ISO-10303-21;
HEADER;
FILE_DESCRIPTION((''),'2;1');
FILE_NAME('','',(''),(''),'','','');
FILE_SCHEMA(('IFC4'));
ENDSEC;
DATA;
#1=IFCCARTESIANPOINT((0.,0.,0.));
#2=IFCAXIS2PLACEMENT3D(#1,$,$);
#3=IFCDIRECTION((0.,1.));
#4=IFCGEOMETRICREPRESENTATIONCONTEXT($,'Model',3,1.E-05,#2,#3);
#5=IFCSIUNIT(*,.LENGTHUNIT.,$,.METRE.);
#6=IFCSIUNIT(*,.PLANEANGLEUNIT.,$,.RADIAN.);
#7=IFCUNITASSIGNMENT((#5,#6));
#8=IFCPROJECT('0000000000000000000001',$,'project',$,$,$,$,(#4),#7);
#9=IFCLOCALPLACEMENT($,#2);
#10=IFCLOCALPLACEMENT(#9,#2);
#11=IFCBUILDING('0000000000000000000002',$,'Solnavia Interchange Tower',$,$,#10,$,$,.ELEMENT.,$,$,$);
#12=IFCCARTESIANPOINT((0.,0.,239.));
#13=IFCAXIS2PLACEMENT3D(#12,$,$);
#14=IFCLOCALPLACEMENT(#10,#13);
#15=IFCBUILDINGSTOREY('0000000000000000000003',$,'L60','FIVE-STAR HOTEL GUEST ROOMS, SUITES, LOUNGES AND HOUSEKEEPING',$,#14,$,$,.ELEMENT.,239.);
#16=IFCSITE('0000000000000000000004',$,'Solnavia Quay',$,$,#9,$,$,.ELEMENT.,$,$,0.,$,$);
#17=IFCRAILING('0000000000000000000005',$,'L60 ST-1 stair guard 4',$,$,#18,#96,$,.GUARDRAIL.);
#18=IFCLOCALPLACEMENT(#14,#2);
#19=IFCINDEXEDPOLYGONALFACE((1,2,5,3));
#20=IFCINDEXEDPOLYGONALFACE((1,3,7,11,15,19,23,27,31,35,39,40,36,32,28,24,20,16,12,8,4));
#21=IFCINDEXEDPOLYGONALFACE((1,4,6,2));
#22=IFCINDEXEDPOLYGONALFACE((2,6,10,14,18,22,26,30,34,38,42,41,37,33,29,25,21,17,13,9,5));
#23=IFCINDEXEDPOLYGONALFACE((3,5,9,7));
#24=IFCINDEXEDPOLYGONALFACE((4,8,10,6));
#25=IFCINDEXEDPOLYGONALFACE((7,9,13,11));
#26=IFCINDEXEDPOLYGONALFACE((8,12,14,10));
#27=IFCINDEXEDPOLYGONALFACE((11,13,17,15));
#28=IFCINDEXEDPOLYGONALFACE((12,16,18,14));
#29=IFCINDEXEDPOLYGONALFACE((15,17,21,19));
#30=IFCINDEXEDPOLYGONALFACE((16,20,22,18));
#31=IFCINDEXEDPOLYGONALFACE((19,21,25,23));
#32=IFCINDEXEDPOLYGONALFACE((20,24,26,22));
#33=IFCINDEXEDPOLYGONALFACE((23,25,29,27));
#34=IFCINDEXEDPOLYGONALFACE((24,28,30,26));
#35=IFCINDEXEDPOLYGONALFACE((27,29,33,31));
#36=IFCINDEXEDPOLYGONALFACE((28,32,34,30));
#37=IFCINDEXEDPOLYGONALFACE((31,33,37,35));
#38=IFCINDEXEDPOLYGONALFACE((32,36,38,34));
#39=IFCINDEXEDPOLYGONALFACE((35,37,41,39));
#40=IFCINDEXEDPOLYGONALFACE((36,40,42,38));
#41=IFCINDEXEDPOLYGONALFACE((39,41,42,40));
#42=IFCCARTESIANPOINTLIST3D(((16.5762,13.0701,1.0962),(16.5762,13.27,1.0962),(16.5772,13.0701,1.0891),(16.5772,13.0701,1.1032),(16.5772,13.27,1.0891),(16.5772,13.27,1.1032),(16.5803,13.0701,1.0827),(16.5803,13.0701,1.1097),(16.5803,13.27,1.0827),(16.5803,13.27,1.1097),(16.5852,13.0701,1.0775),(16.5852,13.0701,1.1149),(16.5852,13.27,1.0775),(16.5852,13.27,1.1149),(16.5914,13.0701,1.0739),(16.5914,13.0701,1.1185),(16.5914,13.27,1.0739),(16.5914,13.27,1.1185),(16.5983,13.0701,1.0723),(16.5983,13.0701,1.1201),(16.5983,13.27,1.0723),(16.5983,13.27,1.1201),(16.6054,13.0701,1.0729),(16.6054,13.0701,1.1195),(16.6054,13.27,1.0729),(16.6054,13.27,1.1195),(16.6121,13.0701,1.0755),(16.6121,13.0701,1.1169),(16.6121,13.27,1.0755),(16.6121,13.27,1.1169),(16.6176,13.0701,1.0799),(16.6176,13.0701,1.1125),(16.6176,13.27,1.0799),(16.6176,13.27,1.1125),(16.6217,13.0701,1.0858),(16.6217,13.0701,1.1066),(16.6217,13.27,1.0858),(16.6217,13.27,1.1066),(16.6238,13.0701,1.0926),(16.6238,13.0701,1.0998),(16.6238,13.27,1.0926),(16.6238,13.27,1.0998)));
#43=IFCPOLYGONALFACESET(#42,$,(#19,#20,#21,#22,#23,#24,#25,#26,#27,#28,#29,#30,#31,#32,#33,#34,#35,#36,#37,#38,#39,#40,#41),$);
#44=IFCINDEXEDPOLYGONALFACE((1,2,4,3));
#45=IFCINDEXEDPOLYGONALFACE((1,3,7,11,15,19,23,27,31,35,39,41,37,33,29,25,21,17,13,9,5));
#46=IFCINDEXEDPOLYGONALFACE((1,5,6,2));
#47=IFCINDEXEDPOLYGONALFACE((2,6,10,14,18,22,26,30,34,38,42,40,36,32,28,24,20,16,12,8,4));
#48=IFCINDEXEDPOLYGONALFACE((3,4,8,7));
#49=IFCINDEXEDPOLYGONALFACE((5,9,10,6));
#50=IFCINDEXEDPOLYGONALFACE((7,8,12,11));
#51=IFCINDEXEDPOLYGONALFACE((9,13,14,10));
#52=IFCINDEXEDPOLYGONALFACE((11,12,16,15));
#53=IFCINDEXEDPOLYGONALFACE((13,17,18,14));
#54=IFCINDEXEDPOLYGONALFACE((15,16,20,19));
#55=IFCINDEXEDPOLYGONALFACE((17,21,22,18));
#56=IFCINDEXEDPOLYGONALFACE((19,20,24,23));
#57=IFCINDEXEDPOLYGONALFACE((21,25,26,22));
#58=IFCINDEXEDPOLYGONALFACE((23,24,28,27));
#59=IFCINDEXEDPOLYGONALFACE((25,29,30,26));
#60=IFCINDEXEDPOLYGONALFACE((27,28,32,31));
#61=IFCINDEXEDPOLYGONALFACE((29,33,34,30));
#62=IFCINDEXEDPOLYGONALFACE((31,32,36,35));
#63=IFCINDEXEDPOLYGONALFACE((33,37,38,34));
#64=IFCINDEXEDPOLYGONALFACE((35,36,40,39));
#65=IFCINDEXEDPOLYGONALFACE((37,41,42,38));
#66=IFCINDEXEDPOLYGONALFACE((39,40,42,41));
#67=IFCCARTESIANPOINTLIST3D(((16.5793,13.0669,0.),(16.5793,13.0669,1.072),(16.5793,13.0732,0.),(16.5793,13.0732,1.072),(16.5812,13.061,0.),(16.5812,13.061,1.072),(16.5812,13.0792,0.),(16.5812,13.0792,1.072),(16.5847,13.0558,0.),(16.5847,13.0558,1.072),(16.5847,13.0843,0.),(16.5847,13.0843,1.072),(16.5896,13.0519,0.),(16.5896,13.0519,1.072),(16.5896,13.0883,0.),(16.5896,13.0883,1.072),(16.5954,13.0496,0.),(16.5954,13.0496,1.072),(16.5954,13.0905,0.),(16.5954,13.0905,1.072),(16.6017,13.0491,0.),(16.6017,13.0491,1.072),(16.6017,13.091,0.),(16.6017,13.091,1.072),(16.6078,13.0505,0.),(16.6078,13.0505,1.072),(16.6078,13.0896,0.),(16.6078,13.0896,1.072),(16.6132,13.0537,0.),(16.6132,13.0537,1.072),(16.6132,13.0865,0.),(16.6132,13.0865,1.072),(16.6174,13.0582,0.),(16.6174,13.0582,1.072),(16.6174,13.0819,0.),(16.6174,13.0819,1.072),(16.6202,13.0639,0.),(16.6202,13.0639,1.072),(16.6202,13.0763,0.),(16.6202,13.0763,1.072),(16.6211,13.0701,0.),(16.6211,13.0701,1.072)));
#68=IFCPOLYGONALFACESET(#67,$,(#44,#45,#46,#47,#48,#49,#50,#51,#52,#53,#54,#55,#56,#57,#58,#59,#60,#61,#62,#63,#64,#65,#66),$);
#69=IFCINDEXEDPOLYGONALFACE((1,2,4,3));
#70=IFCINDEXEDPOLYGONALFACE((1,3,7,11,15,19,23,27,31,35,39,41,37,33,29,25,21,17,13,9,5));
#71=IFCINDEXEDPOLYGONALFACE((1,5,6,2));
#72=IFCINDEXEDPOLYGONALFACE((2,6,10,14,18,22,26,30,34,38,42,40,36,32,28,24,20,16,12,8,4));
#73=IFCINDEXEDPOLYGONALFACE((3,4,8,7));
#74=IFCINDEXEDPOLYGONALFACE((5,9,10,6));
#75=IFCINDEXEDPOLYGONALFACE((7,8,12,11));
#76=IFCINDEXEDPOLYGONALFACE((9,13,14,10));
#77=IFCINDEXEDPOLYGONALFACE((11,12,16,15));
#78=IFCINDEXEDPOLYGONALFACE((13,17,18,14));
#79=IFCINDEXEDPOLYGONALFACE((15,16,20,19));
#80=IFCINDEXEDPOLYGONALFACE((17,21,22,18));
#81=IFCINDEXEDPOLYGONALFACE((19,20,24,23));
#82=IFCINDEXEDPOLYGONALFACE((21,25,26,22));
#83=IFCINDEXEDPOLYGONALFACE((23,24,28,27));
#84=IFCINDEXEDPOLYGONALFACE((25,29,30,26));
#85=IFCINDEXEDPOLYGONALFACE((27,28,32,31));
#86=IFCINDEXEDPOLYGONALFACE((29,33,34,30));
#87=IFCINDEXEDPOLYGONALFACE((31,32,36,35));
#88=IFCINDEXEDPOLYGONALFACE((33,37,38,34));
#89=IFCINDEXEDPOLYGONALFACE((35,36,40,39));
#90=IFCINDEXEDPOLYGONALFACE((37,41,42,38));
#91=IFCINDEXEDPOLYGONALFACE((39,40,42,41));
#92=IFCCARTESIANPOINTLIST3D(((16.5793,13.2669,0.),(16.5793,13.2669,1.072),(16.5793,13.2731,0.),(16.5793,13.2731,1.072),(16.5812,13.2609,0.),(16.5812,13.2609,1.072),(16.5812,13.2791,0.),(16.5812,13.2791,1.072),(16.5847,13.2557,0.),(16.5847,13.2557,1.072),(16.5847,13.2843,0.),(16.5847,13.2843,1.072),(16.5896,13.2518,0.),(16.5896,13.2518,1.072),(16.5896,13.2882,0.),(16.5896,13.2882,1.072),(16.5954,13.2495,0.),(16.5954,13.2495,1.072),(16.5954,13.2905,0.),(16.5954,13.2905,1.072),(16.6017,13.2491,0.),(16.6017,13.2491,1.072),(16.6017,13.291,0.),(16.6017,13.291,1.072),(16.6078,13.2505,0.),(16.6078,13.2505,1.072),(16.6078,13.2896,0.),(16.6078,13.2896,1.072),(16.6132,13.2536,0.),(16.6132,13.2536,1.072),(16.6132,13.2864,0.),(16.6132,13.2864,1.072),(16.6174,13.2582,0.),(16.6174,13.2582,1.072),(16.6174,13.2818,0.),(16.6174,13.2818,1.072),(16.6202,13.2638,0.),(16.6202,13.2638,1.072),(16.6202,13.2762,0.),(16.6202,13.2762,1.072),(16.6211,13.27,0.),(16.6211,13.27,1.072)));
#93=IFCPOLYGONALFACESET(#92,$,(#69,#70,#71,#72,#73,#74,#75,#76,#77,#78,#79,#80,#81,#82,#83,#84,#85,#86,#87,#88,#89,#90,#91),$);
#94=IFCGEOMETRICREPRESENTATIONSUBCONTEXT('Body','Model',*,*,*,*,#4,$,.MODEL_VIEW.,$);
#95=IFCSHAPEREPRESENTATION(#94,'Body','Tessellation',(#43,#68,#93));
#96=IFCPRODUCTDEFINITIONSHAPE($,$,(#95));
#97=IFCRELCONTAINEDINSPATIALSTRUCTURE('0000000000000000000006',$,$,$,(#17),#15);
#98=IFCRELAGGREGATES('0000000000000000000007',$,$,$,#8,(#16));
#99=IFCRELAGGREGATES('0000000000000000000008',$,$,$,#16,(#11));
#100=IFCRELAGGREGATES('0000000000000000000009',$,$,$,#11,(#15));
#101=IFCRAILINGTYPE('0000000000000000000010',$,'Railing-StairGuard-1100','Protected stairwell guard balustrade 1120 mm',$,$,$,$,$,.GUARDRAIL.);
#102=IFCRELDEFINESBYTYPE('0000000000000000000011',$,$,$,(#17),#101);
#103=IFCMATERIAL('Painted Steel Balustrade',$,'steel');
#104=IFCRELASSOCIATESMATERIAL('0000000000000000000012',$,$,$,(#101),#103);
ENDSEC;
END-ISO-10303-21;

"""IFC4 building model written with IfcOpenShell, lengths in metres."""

from ifc_helpers import new_model, si_unit, direction, frame, origin, origin_2d, place, context, subcontext, project, spatial, circle, extrude, material, type_object, element, save


model = new_model("IFC4")

# Units and contexts
model_context = context("Model", 3, precision=1e-05, world=origin(), true_north=direction((0.0, 1.0)))
body_context = subcontext(model_context, "Body", "Model", "MODEL_VIEW")
ifc_project = project(units=[si_unit("LENGTHUNIT", "METRE"), si_unit("PLANEANGLEUNIT", "RADIAN")], contexts=[model_context])

# Site, building, storey
site_placement = place(None, origin())
site = spatial("IfcSite", under=ifc_project, at=site_placement, Name="Solnavia Quay", CompositionType="ELEMENT", RefElevation=0.0)
building_placement = place(site_placement, origin())
building = spatial("IfcBuilding", under=site, at=building_placement, Name="Solnavia Interchange Tower", CompositionType="ELEMENT")
storey_placement = place(building_placement, frame((0.0, 0.0, 239.0)))
storey = spatial("IfcBuildingStorey", under=building, at=storey_placement, Name="L60", Description="FIVE-STAR HOTEL GUEST ROOMS, SUITES, LOUNGES AND HOUSEKEEPING", CompositionType="ELEMENT", Elevation=239.0)

# Railing
ifc_material_1 = material(Name="Painted Steel Balustrade", Category="steel")
railing_type_1 = type_object("IfcRailingType", Name="Railing-StairGuard-1100", Description="Protected stairwell guard balustrade 1120 mm", PredefinedType="GUARDRAIL", material=ifc_material_1)
railing_1_placement = place(storey_placement, frame((16.6001, 13.0701, 0.0)))
element("IfcRailing", 1, at=railing_1_placement, inside=storey, type_object=railing_type_1, Name="L60 ST-1 stair guard 4", PredefinedType="GUARDRAIL", context=body_context, shape_type="SweptSolid", body=[
    extrude(circle(Radius=0.0239, at=origin_2d()), frame((0.0, 0.0, 1.0962), z_axis=(0.0, 1.0, 0.0), x_axis=(-1.0, 0.0, 0.0)), (0.0, 0.0, 1.0), 0.2),
    extrude(circle(Radius=0.021, at=origin_2d()), origin(), (0.0, 0.0, 1.0), 1.072),
    extrude(circle(Radius=0.021, at=origin_2d()), frame((0.0, 0.2, 0.0)), (0.0, 0.0, 1.0), 1.072),
])

save(model, "model.ifc")
